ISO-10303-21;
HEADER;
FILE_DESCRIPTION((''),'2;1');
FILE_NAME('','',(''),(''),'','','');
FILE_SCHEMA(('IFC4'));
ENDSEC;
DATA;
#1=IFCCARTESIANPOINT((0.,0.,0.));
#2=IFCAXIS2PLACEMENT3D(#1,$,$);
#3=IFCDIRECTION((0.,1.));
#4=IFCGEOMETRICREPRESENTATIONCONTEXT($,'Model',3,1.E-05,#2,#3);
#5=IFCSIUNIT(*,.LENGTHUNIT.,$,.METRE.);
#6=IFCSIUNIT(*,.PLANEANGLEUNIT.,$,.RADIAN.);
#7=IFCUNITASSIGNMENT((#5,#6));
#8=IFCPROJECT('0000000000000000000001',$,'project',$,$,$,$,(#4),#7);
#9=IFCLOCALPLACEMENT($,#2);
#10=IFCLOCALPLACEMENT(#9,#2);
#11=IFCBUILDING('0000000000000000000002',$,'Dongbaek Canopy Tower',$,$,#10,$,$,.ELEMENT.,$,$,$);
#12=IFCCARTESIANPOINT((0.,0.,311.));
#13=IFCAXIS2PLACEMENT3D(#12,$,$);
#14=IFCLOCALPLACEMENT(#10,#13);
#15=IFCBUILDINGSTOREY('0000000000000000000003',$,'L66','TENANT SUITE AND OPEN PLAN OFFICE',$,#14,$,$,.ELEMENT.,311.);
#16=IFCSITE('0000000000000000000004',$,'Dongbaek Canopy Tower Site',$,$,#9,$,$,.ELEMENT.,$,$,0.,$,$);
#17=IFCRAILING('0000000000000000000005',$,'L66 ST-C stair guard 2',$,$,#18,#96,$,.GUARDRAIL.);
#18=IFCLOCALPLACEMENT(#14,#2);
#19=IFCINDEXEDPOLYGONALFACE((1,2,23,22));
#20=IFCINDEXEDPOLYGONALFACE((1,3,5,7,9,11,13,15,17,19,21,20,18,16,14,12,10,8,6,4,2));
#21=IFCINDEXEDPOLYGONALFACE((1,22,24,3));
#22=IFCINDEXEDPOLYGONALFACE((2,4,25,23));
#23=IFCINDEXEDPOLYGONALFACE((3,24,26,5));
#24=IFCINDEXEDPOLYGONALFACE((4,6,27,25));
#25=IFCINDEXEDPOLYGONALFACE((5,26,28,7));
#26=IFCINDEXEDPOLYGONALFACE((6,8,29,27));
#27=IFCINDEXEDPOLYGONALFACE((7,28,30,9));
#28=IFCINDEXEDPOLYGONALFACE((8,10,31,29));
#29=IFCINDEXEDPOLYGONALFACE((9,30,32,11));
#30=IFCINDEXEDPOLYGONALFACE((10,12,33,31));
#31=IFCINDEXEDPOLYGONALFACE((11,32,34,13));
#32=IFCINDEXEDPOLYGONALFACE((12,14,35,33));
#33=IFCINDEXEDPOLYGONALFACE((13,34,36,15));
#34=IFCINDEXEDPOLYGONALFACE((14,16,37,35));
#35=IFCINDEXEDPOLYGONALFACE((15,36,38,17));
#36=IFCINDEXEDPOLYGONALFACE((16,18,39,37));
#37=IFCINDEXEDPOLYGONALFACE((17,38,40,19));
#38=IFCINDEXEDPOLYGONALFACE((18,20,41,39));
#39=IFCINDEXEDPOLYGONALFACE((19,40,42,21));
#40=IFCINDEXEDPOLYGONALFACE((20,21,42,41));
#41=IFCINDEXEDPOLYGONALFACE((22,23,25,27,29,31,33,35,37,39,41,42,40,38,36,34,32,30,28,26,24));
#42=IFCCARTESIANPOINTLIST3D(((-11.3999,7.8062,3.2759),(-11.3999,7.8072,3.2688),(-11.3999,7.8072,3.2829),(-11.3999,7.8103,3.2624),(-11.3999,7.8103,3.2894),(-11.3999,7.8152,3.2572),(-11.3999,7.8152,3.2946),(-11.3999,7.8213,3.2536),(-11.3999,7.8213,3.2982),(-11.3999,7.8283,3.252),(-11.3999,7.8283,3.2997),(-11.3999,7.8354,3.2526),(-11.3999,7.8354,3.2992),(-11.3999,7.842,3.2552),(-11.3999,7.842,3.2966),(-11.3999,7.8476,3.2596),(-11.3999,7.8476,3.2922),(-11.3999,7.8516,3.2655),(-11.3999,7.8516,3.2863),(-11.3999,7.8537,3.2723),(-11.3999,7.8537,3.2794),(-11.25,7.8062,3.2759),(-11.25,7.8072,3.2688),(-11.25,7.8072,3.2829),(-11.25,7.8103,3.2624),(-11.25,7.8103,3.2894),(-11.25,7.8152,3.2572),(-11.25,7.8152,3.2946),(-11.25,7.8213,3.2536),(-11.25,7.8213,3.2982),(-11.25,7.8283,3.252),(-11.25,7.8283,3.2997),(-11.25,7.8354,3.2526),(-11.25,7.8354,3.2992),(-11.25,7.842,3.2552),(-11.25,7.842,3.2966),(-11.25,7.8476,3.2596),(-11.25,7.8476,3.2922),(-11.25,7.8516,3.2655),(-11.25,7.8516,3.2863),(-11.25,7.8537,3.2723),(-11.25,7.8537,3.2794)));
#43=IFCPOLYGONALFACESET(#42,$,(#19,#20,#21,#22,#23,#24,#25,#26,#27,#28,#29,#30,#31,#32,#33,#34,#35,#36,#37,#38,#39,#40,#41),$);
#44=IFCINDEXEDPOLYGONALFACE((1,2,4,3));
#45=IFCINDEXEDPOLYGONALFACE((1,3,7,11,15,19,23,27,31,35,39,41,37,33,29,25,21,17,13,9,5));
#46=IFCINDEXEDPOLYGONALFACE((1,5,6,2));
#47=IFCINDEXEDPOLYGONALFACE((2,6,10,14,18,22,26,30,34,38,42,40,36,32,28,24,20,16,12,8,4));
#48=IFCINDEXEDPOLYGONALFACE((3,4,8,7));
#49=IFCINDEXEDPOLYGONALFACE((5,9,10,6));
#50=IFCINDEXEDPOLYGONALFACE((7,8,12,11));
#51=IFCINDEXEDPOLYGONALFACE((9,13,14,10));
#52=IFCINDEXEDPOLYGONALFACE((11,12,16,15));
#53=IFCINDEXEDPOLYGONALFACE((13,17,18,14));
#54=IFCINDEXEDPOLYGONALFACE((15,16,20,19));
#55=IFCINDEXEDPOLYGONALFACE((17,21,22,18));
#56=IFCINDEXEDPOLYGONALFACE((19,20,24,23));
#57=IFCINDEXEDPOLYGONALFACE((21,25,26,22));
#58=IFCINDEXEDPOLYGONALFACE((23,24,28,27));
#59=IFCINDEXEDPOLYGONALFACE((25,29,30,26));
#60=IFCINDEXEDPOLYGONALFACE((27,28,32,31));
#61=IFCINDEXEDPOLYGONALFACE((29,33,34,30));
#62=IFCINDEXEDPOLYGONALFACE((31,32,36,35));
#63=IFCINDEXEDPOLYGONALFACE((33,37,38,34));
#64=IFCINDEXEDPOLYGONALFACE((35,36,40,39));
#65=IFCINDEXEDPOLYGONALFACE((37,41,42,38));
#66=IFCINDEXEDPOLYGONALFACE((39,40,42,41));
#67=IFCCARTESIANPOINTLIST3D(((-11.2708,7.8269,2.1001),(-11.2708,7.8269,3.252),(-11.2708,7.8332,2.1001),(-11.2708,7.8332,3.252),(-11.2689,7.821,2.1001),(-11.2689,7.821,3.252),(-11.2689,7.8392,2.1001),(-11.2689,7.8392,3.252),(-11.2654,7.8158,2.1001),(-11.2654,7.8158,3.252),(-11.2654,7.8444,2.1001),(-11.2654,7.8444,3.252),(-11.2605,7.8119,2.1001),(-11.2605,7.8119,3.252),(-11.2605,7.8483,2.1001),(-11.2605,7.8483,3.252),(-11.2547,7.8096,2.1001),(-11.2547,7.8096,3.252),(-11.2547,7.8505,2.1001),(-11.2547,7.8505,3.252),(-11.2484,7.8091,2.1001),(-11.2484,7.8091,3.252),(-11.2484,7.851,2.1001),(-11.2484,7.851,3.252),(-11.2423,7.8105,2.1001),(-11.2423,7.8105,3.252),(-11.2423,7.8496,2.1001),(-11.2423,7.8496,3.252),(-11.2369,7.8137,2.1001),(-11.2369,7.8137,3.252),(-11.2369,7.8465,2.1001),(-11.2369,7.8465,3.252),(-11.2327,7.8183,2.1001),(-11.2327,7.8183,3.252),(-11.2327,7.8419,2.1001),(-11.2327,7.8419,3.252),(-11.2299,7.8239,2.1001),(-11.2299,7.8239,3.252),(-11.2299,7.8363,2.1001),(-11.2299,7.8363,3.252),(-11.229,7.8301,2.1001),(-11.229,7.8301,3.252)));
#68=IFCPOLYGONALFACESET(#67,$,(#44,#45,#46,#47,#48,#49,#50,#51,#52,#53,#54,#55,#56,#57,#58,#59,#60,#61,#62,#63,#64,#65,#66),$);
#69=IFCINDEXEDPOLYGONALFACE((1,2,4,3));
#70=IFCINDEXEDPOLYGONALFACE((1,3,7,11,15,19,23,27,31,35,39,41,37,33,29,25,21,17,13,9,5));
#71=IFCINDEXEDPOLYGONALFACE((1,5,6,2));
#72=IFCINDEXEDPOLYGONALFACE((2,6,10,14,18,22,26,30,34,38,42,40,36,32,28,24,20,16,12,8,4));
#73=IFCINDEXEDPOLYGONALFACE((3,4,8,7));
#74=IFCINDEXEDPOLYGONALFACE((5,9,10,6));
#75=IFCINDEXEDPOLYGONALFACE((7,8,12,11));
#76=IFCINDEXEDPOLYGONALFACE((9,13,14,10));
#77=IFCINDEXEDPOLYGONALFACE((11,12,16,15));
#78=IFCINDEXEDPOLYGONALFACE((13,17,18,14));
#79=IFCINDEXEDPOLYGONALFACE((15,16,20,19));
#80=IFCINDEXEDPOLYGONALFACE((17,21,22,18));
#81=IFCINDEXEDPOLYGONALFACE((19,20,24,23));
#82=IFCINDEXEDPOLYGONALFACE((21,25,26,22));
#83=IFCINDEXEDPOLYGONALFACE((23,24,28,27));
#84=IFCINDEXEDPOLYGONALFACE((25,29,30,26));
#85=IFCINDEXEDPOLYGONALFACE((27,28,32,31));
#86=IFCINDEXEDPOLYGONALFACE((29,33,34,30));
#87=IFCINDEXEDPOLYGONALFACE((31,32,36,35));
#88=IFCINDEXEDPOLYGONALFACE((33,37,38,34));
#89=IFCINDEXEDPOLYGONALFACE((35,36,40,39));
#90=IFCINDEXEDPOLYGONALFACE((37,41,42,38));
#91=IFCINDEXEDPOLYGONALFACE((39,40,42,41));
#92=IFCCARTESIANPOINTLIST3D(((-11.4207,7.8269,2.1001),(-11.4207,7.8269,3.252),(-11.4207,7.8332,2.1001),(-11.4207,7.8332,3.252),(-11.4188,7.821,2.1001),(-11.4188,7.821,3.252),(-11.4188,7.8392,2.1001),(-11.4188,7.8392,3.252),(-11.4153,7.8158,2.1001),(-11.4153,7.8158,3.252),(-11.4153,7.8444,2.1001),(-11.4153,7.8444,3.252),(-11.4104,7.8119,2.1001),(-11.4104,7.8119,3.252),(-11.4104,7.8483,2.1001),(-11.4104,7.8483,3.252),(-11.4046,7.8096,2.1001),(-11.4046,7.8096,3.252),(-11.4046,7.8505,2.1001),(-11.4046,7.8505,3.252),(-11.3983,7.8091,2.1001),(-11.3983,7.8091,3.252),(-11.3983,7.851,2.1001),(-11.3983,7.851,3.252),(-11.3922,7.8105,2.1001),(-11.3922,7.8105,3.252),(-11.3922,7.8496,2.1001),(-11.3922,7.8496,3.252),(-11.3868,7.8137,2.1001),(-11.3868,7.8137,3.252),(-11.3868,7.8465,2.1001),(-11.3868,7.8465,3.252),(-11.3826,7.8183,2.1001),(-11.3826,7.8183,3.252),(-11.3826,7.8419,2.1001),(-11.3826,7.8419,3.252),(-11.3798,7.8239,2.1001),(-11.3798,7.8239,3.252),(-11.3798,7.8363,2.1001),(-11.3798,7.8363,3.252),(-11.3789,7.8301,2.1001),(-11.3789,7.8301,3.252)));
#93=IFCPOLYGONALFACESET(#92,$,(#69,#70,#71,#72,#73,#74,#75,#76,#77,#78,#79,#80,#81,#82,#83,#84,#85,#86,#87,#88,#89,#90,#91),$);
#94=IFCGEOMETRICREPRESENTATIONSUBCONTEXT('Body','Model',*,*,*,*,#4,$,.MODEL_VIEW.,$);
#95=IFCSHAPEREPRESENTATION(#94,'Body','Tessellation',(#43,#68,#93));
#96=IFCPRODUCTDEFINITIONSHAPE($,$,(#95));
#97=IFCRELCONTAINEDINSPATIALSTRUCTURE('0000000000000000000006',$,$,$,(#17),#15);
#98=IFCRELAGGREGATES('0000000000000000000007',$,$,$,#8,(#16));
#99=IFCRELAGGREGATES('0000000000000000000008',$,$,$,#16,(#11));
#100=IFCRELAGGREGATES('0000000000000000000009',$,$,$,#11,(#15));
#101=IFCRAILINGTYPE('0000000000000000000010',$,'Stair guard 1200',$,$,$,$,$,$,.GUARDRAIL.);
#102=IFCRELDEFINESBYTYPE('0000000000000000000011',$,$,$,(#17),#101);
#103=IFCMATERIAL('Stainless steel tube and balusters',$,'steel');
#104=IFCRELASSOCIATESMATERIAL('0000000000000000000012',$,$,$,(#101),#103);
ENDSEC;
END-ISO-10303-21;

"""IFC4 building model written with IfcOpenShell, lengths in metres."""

from ifc_helpers import new_model, si_unit, direction, frame, origin, origin_2d, place, context, subcontext, project, spatial, circle, extrude, material, type_object, element, save


model = new_model("IFC4")

# Units and contexts
model_context = context("Model", 3, precision=1e-05, world=origin(), true_north=direction((0.0, 1.0)))
body_context = subcontext(model_context, "Body", "Model", "MODEL_VIEW")
ifc_project = project(units=[si_unit("LENGTHUNIT", "METRE"), si_unit("PLANEANGLEUNIT", "RADIAN")], contexts=[model_context])

# Site, building, storey
site_placement = place(None, origin())
site = spatial("IfcSite", under=ifc_project, at=site_placement, Name="Dongbaek Canopy Tower Site", CompositionType="ELEMENT", RefElevation=0.0)
building_placement = place(site_placement, origin())
building = spatial("IfcBuilding", under=site, at=building_placement, Name="Dongbaek Canopy Tower", CompositionType="ELEMENT")
storey_placement = place(building_placement, frame((0.0, 0.0, 311.0)))
storey = spatial("IfcBuildingStorey", under=building, at=storey_placement, Name="L66", Description="TENANT SUITE AND OPEN PLAN OFFICE", CompositionType="ELEMENT", Elevation=311.0)

# Railing
ifc_material_1 = material(Name="Stainless steel tube and balusters", Category="steel")
railing_type_1 = type_object("IfcRailingType", Name="Stair guard 1200", PredefinedType="GUARDRAIL", material=ifc_material_1)
railing_1_placement = place(storey_placement, frame((-11.25, 7.8301, 2.1001)))
element("IfcRailing", 1, at=railing_1_placement, inside=storey, type_object=railing_type_1, Name="L66 ST-C stair guard 2", PredefinedType="GUARDRAIL", context=body_context, shape_type="SweptSolid", body=[
    extrude(circle(Radius=0.0239, at=origin_2d()), frame((0.0, 0.0, 1.1758), z_axis=(-1.0, 0.0, 0.0), x_axis=(0.0, -1.0, 0.0)), (0.0, 0.0, 1.0), 0.1499),
    extrude(circle(Radius=0.021, at=origin_2d()), origin(), (0.0, 0.0, 1.0), 1.1519),
    extrude(circle(Radius=0.021, at=origin_2d()), frame((-0.1499, 0.0, 0.0)), (0.0, 0.0, 1.0), 1.1519),
])

save(model, "model.ifc")
